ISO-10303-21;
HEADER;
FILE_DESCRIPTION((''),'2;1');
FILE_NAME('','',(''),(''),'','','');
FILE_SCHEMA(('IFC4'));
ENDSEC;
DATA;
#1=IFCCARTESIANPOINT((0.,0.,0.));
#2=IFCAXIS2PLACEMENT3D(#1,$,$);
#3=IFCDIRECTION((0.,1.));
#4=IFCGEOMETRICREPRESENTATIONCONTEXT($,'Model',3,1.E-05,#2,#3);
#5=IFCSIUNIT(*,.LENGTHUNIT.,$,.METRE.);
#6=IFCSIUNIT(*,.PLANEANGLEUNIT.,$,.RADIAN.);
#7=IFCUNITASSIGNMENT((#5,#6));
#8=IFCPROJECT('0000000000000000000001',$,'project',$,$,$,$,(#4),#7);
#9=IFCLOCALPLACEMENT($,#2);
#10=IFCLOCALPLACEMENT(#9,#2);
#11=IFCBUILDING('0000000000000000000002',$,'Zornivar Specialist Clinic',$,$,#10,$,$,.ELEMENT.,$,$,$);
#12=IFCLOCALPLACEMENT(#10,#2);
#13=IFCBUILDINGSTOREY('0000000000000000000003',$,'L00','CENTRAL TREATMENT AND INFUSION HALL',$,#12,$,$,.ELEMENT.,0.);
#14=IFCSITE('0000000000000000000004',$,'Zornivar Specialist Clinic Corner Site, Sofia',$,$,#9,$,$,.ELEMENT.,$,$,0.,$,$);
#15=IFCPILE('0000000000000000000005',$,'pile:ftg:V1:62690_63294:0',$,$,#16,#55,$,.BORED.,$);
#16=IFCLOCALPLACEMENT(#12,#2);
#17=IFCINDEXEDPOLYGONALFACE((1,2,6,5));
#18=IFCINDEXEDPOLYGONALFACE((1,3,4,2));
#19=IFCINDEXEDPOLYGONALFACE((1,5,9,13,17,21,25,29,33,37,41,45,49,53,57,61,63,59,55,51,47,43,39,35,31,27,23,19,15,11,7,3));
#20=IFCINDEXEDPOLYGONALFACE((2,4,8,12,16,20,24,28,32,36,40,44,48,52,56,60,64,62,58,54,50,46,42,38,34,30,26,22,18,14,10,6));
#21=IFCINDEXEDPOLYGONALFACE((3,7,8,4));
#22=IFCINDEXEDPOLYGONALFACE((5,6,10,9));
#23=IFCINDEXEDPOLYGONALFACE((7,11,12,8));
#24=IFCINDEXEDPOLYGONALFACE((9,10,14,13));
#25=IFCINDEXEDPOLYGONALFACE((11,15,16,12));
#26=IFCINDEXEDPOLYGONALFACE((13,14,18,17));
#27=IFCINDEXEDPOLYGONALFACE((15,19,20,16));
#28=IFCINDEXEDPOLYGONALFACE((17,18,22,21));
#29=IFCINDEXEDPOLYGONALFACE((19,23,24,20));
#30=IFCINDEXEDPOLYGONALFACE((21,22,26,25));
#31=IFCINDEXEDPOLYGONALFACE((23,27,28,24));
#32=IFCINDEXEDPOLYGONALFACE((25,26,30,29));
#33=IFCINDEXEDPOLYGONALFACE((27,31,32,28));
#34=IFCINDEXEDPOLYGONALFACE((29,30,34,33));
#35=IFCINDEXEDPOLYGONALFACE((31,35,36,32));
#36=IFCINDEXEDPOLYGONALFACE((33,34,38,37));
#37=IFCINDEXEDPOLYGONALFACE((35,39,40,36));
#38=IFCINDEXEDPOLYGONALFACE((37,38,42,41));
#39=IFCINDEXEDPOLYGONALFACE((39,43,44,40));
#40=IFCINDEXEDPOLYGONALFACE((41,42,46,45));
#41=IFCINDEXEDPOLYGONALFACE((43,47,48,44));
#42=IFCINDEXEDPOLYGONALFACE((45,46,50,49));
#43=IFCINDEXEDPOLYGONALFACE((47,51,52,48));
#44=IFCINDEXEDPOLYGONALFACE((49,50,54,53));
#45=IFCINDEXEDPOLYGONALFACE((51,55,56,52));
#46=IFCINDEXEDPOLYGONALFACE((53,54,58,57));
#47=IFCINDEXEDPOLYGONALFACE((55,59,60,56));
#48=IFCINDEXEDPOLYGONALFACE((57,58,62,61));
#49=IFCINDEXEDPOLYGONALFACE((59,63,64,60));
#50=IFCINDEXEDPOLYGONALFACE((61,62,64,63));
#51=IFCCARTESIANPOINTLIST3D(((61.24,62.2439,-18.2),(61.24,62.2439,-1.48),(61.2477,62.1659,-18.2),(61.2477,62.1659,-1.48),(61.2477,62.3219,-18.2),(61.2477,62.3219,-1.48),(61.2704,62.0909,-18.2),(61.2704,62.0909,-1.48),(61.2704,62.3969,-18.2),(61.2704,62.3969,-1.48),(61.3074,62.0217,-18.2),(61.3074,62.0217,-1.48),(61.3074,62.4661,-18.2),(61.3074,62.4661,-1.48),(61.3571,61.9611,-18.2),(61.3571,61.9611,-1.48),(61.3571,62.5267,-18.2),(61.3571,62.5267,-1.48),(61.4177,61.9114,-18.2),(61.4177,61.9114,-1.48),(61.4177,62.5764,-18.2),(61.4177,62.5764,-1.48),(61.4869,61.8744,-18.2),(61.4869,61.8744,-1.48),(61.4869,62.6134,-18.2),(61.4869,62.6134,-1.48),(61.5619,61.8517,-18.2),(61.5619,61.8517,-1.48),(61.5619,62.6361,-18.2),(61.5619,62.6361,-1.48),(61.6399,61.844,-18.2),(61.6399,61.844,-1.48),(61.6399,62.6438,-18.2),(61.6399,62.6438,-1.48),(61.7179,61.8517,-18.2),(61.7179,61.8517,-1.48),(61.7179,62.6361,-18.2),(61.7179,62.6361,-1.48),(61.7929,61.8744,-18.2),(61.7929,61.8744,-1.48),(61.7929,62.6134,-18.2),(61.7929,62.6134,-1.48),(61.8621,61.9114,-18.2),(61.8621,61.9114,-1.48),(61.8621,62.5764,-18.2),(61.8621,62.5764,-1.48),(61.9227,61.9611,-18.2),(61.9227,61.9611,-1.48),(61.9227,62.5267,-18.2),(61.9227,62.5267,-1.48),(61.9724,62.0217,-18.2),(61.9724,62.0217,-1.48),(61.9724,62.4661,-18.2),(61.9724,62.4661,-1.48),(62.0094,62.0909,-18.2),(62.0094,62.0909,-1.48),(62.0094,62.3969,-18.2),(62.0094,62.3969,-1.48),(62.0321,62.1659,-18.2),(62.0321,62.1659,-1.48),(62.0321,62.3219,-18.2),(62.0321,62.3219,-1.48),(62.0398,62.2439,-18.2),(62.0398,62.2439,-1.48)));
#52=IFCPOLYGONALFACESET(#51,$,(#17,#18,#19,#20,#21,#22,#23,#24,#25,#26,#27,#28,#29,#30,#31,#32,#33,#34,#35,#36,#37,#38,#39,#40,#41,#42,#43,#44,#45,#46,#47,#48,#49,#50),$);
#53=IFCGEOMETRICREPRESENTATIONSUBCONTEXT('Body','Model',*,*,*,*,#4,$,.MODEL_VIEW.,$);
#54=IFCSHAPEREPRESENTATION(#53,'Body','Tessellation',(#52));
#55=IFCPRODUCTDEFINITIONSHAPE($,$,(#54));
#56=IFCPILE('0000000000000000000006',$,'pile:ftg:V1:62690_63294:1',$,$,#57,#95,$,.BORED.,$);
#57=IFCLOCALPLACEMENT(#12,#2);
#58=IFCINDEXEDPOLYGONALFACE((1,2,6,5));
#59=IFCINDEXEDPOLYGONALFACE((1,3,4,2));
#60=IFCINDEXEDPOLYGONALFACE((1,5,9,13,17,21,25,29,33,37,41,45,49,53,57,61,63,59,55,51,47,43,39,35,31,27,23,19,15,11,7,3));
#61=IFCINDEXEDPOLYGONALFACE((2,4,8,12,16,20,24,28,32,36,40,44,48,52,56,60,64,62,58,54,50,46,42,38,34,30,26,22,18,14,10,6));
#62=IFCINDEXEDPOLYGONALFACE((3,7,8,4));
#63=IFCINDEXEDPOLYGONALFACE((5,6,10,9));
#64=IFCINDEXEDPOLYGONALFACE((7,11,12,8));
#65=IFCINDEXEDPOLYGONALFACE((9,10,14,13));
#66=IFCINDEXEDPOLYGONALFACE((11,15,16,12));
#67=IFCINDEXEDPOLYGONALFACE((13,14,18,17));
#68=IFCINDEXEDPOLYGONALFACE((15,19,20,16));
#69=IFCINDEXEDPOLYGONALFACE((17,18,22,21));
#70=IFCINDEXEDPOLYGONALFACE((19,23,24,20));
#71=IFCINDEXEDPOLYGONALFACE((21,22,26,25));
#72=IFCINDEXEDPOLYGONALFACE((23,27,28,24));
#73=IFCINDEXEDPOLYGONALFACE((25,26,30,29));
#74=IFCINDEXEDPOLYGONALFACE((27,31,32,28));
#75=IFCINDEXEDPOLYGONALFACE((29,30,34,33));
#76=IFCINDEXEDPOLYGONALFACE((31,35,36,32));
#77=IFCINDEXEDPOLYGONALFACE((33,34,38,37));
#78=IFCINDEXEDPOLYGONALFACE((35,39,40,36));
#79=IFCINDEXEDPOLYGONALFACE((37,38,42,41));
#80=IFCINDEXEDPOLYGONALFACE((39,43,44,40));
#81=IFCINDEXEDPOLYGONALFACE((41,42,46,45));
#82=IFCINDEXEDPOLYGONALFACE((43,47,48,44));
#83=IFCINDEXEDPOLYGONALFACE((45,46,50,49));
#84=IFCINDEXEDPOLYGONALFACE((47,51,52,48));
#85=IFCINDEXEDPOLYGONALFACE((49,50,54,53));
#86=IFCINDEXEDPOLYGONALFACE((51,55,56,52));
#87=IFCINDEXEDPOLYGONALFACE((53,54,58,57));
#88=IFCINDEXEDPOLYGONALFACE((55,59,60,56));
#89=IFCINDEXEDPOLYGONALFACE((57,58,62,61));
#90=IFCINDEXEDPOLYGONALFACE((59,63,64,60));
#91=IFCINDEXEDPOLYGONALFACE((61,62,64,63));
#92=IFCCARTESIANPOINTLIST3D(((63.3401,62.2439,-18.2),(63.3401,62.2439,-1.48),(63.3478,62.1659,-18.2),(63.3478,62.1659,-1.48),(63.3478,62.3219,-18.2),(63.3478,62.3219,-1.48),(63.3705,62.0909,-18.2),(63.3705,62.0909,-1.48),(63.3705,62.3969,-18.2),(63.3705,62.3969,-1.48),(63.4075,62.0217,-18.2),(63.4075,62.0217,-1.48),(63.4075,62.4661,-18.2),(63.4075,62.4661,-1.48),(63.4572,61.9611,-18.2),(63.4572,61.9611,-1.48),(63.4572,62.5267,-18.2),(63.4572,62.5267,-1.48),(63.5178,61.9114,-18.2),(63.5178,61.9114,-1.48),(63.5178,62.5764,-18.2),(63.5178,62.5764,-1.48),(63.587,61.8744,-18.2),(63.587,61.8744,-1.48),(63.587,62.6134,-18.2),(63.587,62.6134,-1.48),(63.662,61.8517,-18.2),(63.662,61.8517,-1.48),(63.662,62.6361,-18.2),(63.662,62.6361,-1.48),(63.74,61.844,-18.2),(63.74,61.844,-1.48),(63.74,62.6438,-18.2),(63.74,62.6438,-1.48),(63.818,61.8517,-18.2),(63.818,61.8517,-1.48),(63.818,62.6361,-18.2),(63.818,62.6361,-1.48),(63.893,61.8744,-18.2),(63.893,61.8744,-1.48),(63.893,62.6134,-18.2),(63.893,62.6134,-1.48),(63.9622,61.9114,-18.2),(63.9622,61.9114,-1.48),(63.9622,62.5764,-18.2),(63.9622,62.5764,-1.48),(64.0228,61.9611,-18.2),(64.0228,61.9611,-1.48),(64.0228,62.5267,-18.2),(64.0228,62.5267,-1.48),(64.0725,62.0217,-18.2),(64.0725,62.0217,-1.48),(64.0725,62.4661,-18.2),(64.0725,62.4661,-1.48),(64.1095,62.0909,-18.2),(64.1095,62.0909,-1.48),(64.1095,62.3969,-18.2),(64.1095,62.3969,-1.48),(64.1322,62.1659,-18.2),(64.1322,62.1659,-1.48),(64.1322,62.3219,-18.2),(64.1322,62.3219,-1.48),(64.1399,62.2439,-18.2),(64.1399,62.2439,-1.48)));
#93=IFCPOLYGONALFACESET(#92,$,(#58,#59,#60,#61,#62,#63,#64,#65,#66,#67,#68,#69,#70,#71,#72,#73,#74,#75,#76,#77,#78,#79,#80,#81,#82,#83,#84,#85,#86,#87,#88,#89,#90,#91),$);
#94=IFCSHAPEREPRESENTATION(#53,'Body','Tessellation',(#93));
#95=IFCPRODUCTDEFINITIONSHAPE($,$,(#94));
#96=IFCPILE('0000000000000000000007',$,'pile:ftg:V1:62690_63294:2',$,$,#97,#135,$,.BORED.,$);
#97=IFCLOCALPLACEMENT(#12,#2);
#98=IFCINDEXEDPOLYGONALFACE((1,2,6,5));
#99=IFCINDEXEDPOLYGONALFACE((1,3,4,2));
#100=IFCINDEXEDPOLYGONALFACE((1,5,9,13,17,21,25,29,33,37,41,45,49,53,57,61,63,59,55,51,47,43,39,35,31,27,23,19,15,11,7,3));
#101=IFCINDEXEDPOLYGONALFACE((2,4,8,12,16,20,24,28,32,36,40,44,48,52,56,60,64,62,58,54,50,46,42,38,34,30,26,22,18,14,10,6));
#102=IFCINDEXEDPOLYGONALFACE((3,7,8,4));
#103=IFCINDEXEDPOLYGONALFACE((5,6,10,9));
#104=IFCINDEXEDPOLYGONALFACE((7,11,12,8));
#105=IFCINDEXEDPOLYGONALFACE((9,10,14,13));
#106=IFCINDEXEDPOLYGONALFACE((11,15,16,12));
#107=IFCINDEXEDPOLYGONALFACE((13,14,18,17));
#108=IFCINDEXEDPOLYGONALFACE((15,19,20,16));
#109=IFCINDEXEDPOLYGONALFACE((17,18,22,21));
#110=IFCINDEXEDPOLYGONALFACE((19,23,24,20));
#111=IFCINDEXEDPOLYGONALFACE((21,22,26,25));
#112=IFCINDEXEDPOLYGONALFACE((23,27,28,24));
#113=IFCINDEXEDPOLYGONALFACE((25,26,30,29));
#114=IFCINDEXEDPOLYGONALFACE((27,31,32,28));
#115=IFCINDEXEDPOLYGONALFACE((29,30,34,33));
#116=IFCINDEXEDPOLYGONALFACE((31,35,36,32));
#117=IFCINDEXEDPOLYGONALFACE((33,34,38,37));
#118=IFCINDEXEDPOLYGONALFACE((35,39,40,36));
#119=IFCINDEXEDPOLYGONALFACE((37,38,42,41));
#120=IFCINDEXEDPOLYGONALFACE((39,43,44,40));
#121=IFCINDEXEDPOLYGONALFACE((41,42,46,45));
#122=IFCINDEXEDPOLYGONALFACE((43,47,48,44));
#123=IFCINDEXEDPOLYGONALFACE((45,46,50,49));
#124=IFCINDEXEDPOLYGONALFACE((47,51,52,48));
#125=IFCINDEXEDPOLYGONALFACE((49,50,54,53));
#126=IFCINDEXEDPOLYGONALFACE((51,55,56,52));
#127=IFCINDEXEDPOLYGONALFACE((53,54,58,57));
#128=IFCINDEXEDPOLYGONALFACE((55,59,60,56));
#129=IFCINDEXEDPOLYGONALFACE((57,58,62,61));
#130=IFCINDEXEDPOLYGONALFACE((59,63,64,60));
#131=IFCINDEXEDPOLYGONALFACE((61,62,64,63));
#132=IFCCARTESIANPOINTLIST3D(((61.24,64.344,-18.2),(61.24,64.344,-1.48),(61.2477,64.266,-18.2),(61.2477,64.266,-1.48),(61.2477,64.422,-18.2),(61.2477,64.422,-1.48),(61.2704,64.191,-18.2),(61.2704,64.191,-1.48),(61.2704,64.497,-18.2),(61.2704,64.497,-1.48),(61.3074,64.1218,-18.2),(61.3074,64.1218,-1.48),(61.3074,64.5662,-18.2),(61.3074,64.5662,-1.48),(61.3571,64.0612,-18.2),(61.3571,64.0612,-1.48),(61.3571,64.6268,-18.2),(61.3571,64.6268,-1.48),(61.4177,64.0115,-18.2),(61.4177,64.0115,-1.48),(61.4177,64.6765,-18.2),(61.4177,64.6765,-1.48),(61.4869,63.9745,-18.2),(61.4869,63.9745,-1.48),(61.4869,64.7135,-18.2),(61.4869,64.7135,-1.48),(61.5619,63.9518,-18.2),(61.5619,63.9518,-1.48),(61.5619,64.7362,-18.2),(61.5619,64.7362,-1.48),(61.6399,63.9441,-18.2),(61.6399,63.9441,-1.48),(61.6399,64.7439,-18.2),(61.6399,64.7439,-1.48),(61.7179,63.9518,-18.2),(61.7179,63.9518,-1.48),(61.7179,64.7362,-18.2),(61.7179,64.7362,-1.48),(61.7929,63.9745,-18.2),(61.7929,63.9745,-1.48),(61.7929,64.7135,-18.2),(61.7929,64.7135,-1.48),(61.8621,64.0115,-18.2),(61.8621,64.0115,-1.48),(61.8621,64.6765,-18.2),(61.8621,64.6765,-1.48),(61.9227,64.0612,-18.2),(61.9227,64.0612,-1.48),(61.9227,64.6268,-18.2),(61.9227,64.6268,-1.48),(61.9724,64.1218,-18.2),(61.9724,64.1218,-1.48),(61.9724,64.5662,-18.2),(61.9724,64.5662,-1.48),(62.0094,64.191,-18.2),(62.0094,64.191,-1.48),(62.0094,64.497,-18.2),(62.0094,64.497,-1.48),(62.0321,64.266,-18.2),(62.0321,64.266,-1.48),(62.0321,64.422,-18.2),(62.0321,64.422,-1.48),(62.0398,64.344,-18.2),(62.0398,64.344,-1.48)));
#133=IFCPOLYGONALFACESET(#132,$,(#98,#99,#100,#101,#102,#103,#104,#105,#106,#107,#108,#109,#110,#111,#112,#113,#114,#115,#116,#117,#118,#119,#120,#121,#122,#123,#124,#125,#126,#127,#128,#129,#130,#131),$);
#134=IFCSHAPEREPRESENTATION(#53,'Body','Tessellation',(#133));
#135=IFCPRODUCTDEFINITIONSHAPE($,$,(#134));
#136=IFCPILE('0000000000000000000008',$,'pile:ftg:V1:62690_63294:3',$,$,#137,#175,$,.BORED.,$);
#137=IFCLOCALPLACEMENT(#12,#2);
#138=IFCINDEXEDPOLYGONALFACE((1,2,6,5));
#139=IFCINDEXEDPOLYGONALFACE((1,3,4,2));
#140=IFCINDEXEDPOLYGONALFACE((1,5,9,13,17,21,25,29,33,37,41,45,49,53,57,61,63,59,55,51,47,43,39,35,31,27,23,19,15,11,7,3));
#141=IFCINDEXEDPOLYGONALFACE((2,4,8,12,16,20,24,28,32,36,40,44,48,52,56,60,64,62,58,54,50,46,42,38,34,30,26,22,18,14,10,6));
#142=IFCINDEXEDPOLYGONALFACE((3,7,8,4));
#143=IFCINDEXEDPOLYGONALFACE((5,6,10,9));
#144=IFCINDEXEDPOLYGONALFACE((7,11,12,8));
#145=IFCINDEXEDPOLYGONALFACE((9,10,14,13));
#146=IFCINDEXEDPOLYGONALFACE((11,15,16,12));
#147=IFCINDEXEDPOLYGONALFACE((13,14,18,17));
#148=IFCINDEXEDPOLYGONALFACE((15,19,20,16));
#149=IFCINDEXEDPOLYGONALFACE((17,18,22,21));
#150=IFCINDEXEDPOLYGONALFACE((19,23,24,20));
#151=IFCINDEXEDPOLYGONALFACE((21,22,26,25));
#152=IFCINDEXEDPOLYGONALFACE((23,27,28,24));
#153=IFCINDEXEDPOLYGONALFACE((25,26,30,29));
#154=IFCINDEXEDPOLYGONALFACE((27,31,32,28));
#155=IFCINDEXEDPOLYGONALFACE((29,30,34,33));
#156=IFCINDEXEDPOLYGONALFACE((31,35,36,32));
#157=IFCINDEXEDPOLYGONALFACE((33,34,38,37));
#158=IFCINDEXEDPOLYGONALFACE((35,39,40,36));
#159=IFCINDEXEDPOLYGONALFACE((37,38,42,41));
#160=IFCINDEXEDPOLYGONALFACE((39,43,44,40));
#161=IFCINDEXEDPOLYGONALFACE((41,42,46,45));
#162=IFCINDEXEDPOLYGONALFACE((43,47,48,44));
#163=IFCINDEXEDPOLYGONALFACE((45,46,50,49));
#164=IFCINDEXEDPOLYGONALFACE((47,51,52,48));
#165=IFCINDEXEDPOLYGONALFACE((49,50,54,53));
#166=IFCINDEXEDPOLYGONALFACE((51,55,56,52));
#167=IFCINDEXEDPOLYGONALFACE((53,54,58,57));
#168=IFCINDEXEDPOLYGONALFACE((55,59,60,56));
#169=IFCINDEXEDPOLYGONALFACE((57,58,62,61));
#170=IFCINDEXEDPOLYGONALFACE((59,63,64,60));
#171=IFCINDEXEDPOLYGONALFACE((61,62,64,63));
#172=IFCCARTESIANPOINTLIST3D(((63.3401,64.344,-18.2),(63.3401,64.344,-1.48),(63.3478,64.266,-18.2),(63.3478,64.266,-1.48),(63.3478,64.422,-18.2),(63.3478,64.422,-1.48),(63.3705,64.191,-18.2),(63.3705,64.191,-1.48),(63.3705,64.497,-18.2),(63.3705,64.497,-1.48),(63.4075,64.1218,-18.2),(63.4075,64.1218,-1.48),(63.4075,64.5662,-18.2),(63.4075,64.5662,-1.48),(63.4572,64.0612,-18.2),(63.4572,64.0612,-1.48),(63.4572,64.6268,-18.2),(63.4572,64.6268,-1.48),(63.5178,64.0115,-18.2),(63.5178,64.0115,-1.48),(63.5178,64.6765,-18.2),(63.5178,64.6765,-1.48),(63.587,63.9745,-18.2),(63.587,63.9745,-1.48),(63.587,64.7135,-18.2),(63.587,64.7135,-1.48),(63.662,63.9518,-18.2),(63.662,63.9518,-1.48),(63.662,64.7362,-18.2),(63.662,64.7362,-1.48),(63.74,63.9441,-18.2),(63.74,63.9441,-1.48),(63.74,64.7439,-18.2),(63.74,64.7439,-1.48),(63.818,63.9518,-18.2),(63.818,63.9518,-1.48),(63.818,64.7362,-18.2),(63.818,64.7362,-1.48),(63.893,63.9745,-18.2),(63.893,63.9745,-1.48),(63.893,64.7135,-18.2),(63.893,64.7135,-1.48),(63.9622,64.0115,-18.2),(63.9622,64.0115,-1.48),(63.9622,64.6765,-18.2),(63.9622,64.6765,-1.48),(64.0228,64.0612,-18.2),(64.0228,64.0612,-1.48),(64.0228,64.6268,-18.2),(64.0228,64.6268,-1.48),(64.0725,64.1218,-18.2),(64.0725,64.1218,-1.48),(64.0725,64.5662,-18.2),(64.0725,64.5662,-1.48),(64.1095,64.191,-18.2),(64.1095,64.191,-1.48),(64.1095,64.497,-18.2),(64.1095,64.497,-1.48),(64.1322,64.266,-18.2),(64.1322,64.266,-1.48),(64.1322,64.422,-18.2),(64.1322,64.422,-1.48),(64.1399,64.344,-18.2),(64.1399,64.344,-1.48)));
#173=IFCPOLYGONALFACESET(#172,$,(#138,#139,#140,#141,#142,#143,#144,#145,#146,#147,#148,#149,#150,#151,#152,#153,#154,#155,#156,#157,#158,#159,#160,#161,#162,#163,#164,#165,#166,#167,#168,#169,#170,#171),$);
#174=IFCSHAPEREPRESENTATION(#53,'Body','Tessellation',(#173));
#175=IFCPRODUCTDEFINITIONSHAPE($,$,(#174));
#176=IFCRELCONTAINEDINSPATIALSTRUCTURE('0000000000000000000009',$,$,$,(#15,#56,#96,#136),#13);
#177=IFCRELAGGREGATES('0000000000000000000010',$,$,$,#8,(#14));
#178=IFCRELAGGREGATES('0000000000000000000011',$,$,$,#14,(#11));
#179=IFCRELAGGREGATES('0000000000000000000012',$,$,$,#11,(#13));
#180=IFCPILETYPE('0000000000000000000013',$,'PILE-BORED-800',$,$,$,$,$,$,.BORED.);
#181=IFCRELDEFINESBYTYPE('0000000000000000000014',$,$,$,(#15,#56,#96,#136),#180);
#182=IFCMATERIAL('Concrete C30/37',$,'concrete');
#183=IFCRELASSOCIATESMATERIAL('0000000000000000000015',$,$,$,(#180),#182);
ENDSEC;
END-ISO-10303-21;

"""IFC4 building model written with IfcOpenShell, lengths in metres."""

from ifc_helpers import new_model, si_unit, direction, frame, origin, origin_2d, place, context, subcontext, project, spatial, circle, extrude, material, material_profile, profile_set, type_object, element, save


model = new_model("IFC4")

# Units and contexts
model_context = context("Model", 3, precision=1e-05, world=origin(), true_north=direction((0.0, 1.0)))
body_context = subcontext(model_context, "Body", "Model", "MODEL_VIEW")
ifc_project = project(units=[si_unit("LENGTHUNIT", "METRE"), si_unit("PLANEANGLEUNIT", "RADIAN")], contexts=[model_context])

# Site, building, storey
site_placement = place(None, origin())
site = spatial("IfcSite", under=ifc_project, at=site_placement, Name="Zornivar Specialist Clinic Corner Site, Sofia", CompositionType="ELEMENT", RefElevation=0.0)
building_placement = place(site_placement, origin())
building = spatial("IfcBuilding", under=site, at=building_placement, Name="Zornivar Specialist Clinic", CompositionType="ELEMENT")
storey_placement = place(building_placement, origin())
storey = spatial("IfcBuildingStorey", under=building, at=storey_placement, Name="L00", Description="CENTRAL TREATMENT AND INFUSION HALL", CompositionType="ELEMENT", Elevation=0.0)

# Piles
ifc_material_1 = material(Name="Concrete C30/37", Category="concrete")
ifc_material_profile_1 = material_profile(ifc_material_1, circle(Radius=0.3999, at=origin_2d()), Name="PILE D800")
ifc_profile_set_1 = profile_set([ifc_material_profile_1], Name="Concrete C30/37")
pile_type = type_object("IfcPileType", Name="PILE-BORED-800", PredefinedType="BORED", material=ifc_profile_set_1)
for number, where, z_axis, x_axis, name in (
    (1, (61.6399, 62.2439, -1.48), (0.0, 0.0, -1.0), (1.0, 0.0, 0.0), "pile:ftg:V1:62690_63294:0"),
    (2, (63.74, 62.2439, -1.48), (0.0, 0.0, -1.0), (1.0, 0.0, 0.0), "pile:ftg:V1:62690_63294:1"),
    (3, (61.6399, 64.344, -1.48), (0.0, 0.0, -1.0), (1.0, 0.0, 0.0), "pile:ftg:V1:62690_63294:2"),
    (4, (63.74, 64.344, -1.48), (0.0, 0.0, -1.0), (1.0, 0.0, 0.0), "pile:ftg:V1:62690_63294:3"),
):
    element("IfcPile", number, at=place(storey_placement, frame(where, z_axis=z_axis, x_axis=x_axis)), inside=storey, type_object=pile_type, Name=name, PredefinedType="BORED", context=body_context, shape_type="SweptSolid", body=[
        extrude(circle(Radius=0.3999, at=origin_2d()), origin(), (0.0, 0.0, 1.0), 16.72),
    ])

save(model, "model.ifc")
